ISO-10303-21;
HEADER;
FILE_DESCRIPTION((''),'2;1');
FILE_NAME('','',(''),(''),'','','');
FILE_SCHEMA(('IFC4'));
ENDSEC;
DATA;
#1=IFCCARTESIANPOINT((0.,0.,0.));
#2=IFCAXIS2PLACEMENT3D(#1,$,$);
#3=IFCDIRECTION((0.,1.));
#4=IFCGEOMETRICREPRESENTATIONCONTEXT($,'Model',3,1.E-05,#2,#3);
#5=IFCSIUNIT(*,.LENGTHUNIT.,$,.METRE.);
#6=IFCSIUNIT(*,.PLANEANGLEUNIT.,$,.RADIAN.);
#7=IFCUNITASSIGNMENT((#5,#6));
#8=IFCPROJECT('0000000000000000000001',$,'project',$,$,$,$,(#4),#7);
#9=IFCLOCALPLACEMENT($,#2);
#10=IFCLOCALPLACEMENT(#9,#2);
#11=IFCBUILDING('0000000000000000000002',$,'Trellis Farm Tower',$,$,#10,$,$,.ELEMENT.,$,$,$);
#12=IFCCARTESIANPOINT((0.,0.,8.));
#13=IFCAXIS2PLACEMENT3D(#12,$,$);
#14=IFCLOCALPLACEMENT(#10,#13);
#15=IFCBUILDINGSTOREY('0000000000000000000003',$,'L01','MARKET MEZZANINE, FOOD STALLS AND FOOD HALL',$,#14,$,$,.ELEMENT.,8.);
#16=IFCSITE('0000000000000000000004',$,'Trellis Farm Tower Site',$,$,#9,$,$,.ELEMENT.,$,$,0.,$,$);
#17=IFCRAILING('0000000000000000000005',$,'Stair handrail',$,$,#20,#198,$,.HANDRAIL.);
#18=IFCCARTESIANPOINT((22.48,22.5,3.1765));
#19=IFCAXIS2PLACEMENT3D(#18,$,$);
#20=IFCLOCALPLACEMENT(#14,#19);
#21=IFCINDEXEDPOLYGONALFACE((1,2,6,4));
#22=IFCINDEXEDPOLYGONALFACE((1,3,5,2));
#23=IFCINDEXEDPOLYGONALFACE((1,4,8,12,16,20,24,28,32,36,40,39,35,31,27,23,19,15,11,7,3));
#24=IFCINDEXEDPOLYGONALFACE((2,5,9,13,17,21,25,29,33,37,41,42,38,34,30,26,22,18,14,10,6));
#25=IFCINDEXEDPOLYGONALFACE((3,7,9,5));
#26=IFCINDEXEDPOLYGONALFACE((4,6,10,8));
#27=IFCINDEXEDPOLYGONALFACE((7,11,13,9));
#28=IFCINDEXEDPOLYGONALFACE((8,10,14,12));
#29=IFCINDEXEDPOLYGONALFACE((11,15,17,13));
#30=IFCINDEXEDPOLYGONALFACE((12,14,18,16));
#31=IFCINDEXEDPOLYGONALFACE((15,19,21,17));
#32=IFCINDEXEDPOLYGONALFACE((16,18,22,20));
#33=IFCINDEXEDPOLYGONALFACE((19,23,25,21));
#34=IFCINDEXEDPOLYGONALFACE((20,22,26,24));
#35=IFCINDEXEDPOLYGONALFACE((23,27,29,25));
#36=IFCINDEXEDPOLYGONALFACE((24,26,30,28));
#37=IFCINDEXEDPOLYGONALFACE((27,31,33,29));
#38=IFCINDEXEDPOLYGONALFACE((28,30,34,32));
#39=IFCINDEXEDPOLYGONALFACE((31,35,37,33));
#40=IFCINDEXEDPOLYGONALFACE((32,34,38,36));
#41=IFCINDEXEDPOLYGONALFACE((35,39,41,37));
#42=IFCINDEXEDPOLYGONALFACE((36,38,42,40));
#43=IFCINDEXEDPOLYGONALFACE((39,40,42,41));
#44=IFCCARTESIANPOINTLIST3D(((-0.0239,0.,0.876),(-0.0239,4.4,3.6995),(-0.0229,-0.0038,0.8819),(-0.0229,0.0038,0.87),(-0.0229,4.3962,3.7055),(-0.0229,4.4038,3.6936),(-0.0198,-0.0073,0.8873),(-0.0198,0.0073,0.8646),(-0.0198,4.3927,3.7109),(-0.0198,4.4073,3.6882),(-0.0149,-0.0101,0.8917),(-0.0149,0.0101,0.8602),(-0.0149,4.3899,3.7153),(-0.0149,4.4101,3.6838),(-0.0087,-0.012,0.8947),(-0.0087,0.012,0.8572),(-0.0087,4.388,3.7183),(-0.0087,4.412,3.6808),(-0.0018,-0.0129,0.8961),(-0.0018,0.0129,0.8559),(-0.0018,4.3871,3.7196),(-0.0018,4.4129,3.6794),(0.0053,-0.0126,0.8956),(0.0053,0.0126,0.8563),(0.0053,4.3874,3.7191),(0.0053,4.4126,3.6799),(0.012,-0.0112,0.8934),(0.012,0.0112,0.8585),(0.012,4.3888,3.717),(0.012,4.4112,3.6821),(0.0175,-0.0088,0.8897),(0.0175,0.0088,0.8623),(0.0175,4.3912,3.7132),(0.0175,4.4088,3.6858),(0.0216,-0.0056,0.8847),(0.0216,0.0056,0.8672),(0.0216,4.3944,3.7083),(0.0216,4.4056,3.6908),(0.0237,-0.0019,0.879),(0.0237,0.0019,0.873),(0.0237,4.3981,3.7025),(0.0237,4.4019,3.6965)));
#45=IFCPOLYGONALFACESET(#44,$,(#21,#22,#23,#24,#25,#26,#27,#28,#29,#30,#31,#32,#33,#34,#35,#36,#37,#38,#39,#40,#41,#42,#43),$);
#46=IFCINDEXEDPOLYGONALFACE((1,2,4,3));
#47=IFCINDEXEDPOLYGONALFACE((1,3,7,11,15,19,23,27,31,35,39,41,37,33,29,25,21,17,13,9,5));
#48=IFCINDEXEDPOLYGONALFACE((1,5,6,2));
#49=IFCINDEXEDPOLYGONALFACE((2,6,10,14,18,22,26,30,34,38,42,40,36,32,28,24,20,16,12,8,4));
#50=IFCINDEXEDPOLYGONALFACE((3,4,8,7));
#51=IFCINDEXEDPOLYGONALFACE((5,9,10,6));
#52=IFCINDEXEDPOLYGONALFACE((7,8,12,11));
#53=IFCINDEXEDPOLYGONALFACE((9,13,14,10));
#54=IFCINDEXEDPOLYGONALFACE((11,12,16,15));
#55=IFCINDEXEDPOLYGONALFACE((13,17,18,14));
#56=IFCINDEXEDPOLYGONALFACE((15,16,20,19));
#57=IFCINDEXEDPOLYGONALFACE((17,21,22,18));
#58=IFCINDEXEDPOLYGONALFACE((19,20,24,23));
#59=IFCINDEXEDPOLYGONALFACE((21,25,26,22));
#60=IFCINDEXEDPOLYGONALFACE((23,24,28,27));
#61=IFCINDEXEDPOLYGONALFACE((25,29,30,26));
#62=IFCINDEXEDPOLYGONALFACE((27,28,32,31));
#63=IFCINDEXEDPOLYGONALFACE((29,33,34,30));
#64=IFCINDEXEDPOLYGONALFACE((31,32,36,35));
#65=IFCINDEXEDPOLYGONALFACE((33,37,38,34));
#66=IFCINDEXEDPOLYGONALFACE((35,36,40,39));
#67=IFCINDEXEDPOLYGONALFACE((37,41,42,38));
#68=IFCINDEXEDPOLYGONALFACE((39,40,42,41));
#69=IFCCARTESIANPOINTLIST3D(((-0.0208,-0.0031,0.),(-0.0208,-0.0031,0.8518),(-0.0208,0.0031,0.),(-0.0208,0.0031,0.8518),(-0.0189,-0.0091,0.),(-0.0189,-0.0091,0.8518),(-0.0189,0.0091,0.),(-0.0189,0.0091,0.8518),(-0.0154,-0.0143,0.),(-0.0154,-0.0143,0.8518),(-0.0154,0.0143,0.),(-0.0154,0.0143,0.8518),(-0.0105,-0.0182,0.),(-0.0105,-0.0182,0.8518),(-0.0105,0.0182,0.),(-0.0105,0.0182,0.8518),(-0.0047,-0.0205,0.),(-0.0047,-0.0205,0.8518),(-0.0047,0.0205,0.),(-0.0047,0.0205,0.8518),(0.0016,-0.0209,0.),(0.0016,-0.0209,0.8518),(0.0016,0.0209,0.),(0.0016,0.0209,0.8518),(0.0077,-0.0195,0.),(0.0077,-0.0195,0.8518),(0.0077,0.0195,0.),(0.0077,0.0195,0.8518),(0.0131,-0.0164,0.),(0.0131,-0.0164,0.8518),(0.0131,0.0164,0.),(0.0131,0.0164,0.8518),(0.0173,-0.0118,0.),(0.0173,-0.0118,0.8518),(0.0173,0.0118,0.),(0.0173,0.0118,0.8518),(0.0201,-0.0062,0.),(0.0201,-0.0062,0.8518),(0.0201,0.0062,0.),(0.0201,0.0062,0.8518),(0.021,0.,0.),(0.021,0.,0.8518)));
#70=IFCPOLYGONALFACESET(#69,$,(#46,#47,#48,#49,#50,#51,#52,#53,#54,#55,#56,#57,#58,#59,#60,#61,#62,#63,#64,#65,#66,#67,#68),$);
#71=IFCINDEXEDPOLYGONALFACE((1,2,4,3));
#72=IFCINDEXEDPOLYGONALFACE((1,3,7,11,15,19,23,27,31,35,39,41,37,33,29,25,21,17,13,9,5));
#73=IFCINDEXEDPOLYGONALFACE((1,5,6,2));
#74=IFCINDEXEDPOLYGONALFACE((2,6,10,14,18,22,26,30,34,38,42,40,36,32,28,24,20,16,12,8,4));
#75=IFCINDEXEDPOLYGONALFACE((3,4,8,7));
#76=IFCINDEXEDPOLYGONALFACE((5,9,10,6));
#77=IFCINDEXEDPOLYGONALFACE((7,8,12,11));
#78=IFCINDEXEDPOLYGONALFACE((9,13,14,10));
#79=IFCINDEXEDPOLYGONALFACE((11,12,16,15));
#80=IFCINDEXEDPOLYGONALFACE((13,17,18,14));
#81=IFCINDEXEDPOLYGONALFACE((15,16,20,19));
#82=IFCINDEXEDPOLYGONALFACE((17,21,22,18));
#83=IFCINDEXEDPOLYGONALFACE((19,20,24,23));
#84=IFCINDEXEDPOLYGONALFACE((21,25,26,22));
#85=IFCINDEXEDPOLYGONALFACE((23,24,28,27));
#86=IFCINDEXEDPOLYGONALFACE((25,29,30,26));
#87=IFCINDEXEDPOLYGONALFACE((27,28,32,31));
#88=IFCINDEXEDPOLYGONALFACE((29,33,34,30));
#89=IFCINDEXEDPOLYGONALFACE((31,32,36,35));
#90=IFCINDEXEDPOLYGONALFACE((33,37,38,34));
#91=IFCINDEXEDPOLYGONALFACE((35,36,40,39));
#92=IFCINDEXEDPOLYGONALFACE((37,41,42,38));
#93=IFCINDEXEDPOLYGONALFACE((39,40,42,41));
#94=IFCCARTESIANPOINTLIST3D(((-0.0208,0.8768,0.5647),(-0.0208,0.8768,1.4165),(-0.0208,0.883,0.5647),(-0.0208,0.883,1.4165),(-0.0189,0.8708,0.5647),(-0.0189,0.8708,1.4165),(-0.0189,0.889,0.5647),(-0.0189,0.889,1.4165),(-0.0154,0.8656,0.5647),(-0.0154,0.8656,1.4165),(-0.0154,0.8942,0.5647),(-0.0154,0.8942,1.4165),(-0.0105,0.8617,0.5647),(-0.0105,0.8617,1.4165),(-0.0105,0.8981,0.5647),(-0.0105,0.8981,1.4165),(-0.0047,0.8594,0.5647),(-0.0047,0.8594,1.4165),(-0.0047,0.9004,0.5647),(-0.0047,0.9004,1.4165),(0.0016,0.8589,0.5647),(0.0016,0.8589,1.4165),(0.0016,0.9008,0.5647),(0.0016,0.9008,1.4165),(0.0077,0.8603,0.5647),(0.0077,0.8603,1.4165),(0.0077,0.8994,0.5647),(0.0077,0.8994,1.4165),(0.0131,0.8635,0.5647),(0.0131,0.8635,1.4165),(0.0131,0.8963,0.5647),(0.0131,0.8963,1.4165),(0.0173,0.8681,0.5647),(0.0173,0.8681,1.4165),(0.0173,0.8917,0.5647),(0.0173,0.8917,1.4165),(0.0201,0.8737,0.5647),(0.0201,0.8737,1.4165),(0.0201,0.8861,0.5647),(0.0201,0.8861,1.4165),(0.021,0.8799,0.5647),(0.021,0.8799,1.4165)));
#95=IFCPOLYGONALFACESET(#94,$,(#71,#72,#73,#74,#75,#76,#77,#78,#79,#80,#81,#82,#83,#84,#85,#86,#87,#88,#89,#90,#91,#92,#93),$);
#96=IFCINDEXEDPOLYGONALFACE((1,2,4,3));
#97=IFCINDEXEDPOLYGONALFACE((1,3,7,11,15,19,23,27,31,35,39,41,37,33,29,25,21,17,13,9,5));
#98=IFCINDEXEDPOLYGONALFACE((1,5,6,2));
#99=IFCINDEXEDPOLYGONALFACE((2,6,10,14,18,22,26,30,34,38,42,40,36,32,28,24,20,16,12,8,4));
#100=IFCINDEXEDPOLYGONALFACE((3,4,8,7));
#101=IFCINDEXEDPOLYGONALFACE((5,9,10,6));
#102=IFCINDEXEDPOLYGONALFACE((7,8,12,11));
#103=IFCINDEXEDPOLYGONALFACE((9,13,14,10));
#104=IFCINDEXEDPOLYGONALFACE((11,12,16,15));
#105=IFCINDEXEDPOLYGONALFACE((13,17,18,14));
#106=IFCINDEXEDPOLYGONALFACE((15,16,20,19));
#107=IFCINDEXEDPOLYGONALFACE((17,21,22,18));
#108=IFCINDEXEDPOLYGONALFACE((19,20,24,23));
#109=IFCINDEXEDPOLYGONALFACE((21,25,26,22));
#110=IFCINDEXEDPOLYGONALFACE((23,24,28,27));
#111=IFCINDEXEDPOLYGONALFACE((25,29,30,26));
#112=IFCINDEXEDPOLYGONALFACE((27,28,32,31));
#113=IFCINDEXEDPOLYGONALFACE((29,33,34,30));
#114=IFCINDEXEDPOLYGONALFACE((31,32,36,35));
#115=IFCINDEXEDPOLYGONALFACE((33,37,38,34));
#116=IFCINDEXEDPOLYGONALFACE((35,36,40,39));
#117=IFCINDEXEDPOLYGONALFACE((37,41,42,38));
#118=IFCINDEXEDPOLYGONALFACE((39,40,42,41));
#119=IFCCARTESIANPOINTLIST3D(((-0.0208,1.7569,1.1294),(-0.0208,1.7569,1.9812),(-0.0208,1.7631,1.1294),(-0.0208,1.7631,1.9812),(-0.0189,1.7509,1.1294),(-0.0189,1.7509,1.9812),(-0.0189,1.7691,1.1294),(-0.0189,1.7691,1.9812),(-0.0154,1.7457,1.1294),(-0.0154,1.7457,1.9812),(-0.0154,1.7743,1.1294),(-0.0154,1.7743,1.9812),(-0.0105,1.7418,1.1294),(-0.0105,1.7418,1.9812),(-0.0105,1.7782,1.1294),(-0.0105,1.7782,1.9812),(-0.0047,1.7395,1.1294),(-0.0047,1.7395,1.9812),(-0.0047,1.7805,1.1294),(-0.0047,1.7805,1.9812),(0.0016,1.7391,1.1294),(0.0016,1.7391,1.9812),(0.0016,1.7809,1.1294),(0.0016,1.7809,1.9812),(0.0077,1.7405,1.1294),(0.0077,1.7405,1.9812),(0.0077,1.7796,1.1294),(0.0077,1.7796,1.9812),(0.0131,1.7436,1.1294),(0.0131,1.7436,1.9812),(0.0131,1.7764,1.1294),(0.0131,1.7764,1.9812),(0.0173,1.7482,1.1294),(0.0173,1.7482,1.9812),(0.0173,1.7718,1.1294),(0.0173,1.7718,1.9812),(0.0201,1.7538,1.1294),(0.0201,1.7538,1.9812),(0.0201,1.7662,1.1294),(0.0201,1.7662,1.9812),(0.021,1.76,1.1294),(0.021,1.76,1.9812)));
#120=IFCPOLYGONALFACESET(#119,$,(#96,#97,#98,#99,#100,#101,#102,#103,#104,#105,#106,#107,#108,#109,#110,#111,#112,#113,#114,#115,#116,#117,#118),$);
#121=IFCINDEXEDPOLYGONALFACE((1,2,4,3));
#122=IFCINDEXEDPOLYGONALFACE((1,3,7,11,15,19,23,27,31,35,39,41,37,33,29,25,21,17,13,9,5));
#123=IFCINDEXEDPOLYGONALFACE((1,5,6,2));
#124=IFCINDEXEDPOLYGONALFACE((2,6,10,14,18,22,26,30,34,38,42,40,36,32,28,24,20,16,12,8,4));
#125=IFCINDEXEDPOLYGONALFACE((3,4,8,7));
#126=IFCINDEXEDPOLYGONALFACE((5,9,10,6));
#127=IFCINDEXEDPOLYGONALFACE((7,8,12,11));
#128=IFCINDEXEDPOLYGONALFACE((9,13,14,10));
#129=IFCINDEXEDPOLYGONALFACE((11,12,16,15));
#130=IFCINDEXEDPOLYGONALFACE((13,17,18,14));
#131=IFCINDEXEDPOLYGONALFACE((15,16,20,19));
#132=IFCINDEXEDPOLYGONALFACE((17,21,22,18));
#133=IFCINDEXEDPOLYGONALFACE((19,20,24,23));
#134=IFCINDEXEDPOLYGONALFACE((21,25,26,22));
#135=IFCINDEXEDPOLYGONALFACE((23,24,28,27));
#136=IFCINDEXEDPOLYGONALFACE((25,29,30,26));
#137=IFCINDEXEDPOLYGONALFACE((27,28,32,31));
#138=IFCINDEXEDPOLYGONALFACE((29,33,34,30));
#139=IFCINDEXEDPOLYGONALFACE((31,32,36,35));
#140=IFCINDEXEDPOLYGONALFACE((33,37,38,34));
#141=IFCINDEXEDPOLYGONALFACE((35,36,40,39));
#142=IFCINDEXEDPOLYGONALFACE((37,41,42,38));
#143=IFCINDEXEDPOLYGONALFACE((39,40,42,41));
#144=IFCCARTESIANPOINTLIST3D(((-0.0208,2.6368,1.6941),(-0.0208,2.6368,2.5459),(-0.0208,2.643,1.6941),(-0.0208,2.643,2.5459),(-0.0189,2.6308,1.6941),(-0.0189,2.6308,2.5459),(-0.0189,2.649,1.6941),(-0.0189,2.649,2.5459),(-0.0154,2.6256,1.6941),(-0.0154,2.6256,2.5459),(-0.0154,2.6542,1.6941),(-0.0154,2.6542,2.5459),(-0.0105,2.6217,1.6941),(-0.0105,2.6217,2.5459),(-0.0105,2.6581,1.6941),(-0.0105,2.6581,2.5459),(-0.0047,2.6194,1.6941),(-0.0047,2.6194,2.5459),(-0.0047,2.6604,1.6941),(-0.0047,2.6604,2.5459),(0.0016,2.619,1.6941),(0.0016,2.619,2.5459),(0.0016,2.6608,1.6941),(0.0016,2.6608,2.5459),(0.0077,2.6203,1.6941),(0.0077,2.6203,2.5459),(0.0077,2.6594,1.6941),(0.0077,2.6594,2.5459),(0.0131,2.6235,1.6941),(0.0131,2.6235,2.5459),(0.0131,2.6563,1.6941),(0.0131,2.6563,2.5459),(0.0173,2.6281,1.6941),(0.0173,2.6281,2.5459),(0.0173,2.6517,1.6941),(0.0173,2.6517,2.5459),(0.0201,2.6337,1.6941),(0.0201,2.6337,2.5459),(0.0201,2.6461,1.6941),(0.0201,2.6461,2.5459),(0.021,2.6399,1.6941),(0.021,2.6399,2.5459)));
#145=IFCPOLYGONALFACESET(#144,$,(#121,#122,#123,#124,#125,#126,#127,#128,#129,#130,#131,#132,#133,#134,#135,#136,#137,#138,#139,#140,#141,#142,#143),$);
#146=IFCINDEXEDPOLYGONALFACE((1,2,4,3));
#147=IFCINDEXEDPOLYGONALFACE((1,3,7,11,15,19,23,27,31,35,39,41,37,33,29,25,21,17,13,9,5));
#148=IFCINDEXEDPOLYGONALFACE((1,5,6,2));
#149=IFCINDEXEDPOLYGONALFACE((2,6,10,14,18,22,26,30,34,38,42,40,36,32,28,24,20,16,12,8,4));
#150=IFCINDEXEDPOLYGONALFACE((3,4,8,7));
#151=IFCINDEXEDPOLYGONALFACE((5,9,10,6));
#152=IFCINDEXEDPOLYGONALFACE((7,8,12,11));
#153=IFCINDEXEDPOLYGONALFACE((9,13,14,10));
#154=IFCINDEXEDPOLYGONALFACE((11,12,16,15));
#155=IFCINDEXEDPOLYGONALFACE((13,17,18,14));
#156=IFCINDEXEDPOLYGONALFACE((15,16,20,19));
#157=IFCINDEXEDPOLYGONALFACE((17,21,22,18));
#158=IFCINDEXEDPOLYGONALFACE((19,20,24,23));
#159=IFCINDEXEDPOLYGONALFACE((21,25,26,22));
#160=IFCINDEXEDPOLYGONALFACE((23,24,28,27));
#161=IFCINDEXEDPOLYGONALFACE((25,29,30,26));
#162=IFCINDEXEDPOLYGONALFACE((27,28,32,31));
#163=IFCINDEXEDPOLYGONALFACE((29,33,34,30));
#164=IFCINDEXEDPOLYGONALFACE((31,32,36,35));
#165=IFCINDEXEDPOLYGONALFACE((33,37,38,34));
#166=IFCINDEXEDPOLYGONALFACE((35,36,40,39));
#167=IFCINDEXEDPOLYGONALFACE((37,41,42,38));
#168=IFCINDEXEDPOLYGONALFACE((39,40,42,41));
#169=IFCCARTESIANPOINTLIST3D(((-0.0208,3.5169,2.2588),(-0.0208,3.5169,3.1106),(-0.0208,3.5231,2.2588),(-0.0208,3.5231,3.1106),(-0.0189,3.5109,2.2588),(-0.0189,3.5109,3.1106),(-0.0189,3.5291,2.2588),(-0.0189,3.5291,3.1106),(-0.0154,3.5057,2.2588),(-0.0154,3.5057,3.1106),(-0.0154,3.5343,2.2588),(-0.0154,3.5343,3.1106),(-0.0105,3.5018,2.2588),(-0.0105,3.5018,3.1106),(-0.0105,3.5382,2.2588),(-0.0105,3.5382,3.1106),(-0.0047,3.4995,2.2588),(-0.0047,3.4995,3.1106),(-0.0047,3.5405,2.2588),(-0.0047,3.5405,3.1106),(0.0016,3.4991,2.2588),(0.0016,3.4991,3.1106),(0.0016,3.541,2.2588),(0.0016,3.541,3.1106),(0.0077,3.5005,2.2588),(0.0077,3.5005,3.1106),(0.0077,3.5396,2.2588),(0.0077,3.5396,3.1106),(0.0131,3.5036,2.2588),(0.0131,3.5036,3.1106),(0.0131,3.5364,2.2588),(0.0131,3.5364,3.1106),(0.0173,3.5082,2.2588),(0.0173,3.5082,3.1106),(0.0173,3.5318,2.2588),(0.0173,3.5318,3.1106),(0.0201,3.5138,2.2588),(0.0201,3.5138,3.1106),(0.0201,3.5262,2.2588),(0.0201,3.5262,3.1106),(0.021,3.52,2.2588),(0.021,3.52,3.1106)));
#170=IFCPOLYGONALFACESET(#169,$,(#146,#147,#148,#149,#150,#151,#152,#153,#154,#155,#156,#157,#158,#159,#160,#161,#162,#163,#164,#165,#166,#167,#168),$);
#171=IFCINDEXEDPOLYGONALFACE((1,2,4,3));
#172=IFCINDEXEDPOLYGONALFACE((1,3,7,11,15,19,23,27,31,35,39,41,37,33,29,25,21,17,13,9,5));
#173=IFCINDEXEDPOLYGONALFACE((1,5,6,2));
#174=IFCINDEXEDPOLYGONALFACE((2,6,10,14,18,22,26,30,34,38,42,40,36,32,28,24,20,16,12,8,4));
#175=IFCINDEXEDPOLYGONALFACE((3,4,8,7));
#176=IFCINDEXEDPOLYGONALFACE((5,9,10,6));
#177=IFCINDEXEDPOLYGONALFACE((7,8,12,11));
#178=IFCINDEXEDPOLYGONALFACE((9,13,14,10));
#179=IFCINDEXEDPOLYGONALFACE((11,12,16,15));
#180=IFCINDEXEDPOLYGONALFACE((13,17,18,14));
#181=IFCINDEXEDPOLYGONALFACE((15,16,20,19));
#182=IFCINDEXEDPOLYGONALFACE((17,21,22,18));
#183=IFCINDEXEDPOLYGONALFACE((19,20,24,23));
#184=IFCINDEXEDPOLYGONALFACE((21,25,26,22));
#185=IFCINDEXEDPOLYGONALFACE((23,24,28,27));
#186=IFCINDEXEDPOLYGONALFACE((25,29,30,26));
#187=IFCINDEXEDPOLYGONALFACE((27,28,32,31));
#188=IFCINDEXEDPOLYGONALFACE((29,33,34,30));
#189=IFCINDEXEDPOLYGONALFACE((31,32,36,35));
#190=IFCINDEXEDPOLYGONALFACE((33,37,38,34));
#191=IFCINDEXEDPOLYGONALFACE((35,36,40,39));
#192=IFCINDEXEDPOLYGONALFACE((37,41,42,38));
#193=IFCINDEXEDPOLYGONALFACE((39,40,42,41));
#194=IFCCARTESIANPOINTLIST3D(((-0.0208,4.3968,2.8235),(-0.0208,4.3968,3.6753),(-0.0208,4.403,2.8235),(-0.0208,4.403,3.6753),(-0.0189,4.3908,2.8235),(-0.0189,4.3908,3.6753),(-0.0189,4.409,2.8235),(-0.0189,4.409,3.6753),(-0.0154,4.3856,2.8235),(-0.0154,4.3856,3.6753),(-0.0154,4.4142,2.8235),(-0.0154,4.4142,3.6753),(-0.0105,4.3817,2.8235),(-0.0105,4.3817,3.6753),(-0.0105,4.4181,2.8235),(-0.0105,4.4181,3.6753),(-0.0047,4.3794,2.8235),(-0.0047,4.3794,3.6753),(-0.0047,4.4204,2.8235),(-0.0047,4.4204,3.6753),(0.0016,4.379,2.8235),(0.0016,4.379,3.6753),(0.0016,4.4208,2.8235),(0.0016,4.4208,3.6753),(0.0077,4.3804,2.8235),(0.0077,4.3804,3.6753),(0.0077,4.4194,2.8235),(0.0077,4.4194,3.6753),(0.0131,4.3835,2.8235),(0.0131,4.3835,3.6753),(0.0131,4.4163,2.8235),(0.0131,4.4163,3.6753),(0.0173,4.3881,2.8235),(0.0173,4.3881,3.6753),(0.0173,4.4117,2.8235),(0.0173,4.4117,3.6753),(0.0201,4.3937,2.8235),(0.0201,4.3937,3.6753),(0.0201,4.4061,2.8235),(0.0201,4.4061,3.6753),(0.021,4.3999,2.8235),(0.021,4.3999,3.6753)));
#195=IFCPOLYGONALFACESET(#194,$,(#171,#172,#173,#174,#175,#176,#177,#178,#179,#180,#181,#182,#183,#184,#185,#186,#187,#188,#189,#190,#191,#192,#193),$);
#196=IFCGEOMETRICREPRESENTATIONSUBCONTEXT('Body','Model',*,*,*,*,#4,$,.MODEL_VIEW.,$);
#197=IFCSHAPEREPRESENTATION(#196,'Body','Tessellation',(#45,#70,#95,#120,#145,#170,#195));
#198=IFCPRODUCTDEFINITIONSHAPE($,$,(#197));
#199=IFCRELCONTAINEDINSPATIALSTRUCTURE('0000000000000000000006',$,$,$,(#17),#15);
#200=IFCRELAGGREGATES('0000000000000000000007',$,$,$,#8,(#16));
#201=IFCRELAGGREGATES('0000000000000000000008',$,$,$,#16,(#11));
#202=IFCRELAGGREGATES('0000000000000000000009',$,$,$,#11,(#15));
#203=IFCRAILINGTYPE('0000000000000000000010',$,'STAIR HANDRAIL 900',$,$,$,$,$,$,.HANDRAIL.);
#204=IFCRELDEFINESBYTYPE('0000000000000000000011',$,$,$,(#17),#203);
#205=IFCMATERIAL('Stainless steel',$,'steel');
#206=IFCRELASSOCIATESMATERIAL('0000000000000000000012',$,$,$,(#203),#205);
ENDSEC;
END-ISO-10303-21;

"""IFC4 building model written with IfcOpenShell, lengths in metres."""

from ifc_helpers import new_model, si_unit, direction, frame, origin, origin_2d, place, context, subcontext, project, spatial, circle, extrude, source, transform, mapped, material, type_object, element, save


model = new_model("IFC4")

# Units and contexts
model_context = context("Model", 3, precision=1e-05, world=origin(), true_north=direction((0.0, 1.0)))
body_context = subcontext(model_context, "Body", "Model", "MODEL_VIEW")
ifc_project = project(units=[si_unit("LENGTHUNIT", "METRE"), si_unit("PLANEANGLEUNIT", "RADIAN")], contexts=[model_context])

# Site, building, storey
site_placement = place(None, origin())
site = spatial("IfcSite", under=ifc_project, at=site_placement, Name="Trellis Farm Tower Site", CompositionType="ELEMENT", RefElevation=0.0)
building_placement = place(site_placement, origin())
building = spatial("IfcBuilding", under=site, at=building_placement, Name="Trellis Farm Tower", CompositionType="ELEMENT")
storey_placement = place(building_placement, frame((0.0, 0.0, 8.0)))
storey = spatial("IfcBuildingStorey", under=building, at=storey_placement, Name="L01", Description="MARKET MEZZANINE, FOOD STALLS AND FOOD HALL", CompositionType="ELEMENT", Elevation=8.0)

# Railing
ifc_material_1 = material(Name="Stainless steel", Category="steel")
railing_type = type_object("IfcRailingType", Name="STAIR HANDRAIL 900", PredefinedType="HANDRAIL", material=ifc_material_1)
shared_shape_1 = source(origin(), body_context, "Body", "SweptSolid", [
    extrude(circle(Radius=0.0239, at=origin_2d()), frame((0.0, 0.0, 0.876), z_axis=(0.0, 0.841615, 0.540078), x_axis=(-1.0, 0.0, 0.0)), (0.0, 0.0, 1.0), 5.228),
    extrude(circle(Radius=0.021, at=origin_2d()), origin(), (0.0, 0.0, 1.0), 0.8518),
    extrude(circle(Radius=0.021, at=origin_2d()), frame((0.0, 0.8799, 0.5647)), (0.0, 0.0, 1.0), 0.8518),
    extrude(circle(Radius=0.021, at=origin_2d()), frame((0.0, 1.76, 1.1294)), (0.0, 0.0, 1.0), 0.8518),
    extrude(circle(Radius=0.021, at=origin_2d()), frame((0.0, 2.6399, 1.6941)), (0.0, 0.0, 1.0), 0.8518),
    extrude(circle(Radius=0.021, at=origin_2d()), frame((0.0, 3.52, 2.2588)), (0.0, 0.0, 1.0), 0.8518),
    extrude(circle(Radius=0.021, at=origin_2d()), frame((0.0, 4.3999, 2.8235)), (0.0, 0.0, 1.0), 0.8518),
])
railing_placement = place(storey_placement, frame((22.48, 22.5, 3.1765)))
element("IfcRailing", 1, at=railing_placement, inside=storey, type_object=railing_type, Name="Stair handrail", PredefinedType="HANDRAIL", context=body_context, shape_type="MappedRepresentation", body=[
    mapped(shared_shape_1, transform((0.0, 0.0, 0.0))),
])

save(model, "model.ifc")
